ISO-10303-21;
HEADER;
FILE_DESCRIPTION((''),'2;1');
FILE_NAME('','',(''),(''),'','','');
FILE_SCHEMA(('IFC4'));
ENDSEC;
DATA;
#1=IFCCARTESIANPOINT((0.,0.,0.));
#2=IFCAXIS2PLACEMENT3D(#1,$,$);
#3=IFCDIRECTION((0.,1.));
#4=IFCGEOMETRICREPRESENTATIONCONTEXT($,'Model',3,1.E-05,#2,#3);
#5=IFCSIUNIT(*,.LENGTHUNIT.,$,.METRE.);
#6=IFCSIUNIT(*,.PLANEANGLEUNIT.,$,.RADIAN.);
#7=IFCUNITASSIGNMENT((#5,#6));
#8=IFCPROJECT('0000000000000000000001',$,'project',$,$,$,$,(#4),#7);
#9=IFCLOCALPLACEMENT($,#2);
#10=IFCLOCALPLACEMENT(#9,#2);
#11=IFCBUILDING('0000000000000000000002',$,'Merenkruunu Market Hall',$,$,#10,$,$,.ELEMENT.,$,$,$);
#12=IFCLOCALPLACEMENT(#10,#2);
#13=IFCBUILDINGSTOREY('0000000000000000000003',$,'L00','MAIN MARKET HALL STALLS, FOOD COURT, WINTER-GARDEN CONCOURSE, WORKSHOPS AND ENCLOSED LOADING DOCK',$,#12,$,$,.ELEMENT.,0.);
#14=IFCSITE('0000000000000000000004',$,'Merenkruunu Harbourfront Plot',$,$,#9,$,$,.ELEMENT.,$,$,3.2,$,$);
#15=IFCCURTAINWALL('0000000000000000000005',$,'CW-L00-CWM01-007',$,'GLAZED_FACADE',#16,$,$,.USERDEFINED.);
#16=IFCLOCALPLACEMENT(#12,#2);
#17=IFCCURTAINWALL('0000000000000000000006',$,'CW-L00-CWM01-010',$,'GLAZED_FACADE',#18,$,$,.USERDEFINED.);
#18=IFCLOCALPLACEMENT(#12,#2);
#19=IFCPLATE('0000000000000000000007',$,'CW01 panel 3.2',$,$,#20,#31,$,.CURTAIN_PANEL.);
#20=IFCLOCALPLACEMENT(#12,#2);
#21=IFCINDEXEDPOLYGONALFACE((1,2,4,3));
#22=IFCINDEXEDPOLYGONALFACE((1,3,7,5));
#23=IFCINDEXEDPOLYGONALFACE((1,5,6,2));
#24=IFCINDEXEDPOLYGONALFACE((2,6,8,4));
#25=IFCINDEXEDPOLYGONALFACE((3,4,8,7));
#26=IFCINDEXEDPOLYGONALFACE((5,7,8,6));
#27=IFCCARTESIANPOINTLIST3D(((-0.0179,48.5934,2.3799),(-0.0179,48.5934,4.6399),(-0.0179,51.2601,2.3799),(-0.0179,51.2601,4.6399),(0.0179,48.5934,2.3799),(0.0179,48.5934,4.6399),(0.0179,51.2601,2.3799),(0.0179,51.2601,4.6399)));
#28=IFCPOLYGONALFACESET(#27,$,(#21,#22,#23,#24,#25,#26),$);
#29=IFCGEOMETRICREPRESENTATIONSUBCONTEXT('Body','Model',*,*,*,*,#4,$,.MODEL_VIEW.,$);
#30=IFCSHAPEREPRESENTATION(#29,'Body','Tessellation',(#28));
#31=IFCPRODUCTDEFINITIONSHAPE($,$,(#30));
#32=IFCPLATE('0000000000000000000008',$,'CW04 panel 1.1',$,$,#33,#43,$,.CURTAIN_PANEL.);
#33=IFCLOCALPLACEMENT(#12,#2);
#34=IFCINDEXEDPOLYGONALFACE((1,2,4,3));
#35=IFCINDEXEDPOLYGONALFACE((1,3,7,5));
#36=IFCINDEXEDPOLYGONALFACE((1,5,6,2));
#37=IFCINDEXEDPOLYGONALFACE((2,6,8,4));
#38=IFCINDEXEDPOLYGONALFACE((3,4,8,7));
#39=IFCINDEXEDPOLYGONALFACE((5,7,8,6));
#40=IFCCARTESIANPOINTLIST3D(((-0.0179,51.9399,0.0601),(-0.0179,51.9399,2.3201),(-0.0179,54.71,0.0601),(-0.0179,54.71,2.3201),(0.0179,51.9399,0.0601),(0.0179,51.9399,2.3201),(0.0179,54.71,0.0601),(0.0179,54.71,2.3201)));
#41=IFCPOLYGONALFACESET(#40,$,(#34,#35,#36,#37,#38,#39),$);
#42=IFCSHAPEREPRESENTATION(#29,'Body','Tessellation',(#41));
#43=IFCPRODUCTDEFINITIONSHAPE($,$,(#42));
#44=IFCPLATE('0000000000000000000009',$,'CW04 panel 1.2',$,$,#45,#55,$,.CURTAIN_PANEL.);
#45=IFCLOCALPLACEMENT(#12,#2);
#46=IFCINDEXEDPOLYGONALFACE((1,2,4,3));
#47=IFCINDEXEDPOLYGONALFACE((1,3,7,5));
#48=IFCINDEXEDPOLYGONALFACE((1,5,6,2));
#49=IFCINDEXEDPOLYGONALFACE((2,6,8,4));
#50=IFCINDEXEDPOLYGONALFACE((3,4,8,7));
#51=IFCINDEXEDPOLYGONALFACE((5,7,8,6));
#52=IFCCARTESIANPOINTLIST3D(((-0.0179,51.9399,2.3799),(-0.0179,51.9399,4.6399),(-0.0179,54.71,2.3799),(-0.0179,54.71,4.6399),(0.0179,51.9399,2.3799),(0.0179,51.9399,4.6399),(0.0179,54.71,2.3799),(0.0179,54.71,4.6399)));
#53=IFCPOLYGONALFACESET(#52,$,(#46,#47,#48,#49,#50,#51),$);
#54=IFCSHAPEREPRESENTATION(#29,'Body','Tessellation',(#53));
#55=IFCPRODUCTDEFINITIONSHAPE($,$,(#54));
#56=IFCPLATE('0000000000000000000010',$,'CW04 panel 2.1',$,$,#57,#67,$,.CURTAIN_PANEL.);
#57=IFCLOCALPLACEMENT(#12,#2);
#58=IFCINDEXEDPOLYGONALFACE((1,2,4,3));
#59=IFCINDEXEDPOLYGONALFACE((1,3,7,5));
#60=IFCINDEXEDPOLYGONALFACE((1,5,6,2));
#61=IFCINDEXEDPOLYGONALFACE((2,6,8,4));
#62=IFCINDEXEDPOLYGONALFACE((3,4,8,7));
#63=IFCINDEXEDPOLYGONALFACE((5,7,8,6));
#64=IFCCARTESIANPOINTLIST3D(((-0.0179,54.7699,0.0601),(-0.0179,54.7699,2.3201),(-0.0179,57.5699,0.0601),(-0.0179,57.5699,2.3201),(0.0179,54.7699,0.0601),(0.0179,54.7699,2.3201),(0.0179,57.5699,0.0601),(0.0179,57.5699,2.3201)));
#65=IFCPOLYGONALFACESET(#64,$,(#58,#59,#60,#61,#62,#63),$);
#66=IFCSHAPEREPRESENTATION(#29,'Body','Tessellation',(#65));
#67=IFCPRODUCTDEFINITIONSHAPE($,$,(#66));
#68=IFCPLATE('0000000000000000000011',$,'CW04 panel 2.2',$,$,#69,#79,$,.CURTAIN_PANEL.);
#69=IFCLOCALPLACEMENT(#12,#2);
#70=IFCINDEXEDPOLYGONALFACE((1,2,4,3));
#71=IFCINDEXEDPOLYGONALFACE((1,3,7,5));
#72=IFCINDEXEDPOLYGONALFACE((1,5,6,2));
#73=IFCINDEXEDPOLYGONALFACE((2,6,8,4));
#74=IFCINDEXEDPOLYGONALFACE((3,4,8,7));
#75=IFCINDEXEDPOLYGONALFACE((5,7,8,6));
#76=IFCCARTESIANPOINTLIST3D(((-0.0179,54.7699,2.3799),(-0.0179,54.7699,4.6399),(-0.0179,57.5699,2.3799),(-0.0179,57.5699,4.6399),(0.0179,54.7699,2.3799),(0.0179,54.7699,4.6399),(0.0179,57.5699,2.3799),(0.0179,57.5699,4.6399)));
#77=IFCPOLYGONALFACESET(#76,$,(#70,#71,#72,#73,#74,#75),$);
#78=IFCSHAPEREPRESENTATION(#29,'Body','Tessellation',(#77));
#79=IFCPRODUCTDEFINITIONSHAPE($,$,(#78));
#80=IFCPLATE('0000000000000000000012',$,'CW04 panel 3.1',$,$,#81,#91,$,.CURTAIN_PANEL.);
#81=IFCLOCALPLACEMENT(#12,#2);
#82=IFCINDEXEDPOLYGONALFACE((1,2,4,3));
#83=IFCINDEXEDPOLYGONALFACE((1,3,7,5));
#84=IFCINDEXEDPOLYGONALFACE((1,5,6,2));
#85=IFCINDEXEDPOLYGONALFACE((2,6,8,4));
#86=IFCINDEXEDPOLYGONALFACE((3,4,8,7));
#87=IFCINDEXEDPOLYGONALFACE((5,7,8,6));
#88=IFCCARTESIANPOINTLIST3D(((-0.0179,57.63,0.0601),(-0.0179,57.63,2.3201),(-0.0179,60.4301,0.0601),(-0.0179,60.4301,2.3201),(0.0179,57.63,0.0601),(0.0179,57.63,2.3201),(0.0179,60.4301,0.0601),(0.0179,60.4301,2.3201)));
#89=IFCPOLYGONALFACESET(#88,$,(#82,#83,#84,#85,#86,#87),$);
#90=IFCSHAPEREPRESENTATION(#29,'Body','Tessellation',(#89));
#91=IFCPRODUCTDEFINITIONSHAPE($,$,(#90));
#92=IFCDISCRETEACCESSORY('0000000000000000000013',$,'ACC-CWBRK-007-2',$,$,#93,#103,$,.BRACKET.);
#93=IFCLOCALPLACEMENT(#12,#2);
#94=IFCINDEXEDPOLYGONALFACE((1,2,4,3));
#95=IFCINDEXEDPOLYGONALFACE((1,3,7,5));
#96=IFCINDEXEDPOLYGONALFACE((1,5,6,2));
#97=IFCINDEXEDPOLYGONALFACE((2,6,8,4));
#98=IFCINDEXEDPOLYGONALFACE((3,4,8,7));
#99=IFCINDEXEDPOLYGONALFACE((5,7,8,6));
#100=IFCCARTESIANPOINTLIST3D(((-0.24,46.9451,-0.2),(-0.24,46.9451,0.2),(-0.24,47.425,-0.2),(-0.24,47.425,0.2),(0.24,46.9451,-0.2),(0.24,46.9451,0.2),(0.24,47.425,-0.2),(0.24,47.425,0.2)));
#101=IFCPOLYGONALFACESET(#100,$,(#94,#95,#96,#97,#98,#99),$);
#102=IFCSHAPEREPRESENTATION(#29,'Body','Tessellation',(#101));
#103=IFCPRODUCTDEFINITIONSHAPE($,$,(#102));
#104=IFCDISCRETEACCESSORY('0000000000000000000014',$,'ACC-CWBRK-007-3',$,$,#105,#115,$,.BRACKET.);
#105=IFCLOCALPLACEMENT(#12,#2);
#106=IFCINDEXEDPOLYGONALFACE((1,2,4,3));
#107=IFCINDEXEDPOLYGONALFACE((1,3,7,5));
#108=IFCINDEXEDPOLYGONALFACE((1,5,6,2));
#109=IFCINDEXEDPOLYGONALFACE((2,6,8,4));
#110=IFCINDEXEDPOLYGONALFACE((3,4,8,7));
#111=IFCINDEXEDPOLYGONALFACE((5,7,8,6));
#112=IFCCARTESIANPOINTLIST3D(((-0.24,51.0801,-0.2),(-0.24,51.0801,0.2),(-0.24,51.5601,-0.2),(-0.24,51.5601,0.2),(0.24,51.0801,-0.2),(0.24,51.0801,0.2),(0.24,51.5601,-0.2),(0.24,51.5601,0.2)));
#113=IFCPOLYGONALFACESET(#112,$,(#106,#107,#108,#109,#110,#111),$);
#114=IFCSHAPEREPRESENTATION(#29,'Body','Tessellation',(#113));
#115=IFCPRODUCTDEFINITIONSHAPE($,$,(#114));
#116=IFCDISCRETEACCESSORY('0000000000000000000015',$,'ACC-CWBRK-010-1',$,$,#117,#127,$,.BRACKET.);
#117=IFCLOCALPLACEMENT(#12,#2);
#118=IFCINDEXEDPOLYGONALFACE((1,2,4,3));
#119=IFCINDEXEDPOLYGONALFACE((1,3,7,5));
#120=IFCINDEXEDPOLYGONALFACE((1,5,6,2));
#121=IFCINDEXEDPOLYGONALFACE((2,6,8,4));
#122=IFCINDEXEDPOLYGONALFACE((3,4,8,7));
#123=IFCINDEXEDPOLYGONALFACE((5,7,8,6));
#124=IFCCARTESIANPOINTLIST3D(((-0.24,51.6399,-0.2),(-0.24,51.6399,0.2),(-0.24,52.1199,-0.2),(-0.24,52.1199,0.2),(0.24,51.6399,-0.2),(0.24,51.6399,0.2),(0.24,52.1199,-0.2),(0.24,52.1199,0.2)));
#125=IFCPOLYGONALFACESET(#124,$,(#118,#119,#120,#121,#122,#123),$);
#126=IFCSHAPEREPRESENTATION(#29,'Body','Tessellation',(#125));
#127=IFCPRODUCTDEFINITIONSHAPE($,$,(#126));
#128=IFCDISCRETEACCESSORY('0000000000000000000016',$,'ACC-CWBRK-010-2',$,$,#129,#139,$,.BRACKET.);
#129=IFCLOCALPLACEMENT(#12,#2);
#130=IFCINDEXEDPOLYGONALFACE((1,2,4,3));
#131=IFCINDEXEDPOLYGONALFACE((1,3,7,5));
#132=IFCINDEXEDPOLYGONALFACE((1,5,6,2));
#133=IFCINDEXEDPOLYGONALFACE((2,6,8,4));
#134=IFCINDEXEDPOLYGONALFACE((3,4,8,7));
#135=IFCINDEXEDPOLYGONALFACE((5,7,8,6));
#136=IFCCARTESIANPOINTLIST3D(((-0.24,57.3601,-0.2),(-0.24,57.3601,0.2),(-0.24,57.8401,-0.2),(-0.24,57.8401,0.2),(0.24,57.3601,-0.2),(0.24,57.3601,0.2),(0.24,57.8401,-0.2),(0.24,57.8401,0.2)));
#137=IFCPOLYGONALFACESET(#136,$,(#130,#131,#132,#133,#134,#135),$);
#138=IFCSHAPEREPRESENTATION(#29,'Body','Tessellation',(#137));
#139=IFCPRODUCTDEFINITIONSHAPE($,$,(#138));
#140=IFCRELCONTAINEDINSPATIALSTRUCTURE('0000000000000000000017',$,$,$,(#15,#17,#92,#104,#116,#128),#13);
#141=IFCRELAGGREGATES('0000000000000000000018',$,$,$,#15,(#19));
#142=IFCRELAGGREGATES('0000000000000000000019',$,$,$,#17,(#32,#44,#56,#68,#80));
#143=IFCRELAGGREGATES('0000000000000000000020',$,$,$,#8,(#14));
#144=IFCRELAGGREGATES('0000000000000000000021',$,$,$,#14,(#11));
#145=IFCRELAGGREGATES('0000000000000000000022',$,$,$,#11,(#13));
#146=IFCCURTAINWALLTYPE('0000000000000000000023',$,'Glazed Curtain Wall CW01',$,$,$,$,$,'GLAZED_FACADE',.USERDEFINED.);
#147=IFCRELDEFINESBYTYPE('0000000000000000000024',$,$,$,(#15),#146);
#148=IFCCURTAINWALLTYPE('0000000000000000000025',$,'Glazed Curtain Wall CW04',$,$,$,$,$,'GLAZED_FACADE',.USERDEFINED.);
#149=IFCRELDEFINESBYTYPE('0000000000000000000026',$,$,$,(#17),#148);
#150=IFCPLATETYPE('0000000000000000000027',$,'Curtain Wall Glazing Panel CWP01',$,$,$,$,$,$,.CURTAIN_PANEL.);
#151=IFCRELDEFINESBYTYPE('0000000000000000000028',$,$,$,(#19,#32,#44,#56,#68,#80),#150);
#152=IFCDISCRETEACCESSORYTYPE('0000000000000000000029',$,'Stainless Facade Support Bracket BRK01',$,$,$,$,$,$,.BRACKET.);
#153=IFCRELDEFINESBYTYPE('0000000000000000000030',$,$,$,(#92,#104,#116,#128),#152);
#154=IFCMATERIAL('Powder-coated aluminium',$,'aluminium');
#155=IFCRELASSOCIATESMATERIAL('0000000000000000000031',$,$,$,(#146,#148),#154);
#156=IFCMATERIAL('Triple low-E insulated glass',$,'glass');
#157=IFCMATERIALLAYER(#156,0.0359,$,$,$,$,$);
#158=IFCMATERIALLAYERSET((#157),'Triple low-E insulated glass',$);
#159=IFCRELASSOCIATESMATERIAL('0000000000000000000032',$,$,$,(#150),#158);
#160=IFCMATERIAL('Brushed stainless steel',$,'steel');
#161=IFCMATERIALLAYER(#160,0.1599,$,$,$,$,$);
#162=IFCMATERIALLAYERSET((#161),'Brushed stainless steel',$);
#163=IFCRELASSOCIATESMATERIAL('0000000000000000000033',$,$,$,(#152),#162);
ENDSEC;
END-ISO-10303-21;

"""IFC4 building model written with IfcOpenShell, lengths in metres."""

from ifc_helpers import new_model, si_unit, direction, frame, origin, origin_2d, place, context, subcontext, project, spatial, rectangle, extrude, material, layer, layer_set, type_object, element, aggregate, save


model = new_model("IFC4")

# Units and contexts
model_context = context("Model", 3, precision=1e-05, world=origin(), true_north=direction((0.0, 1.0)))
body_context = subcontext(model_context, "Body", "Model", "MODEL_VIEW")
ifc_project = project(units=[si_unit("LENGTHUNIT", "METRE"), si_unit("PLANEANGLEUNIT", "RADIAN")], contexts=[model_context])

# Site, building, storey
site_placement = place(None, origin())
site = spatial("IfcSite", under=ifc_project, at=site_placement, Name="Merenkruunu Harbourfront Plot", CompositionType="ELEMENT", RefElevation=3.2)
building_placement = place(site_placement, origin())
building = spatial("IfcBuilding", under=site, at=building_placement, Name="Merenkruunu Market Hall", CompositionType="ELEMENT")
storey_placement = place(building_placement, origin())
storey = spatial("IfcBuildingStorey", under=building, at=storey_placement, Name="L00", Description="MAIN MARKET HALL STALLS, FOOD COURT, WINTER-GARDEN CONCOURSE, WORKSHOPS AND ENCLOSED LOADING DOCK", CompositionType="ELEMENT", Elevation=0.0)

# Curtain walls
ifc_material_1 = material(Name="Powder-coated aluminium", Category="aluminium")
curtain_wall_type_1 = type_object("IfcCurtainWallType", Name="Glazed Curtain Wall CW01", ElementType="GLAZED_FACADE", PredefinedType="USERDEFINED", material=ifc_material_1)
curtain_wall_1_placement = place(storey_placement, origin())
curtain_wall_1 = element("IfcCurtainWall", 1, at=curtain_wall_1_placement, inside=storey, type_object=curtain_wall_type_1, Name="CW-L00-CWM01-007", ObjectType="GLAZED_FACADE", PredefinedType="USERDEFINED")
curtain_wall_type_2 = type_object("IfcCurtainWallType", Name="Glazed Curtain Wall CW04", ElementType="GLAZED_FACADE", PredefinedType="USERDEFINED", material=ifc_material_1)
curtain_wall_2_placement = place(storey_placement, origin())
curtain_wall_2 = element("IfcCurtainWall", 2, at=curtain_wall_2_placement, inside=storey, type_object=curtain_wall_type_2, Name="CW-L00-CWM01-010", ObjectType="GLAZED_FACADE", PredefinedType="USERDEFINED")

# Plates
ifc_material_2 = material(Name="Triple low-E insulated glass", Category="glass")
ifc_layer_1 = layer(ifc_material_2, 0.0359)
ifc_layer_set_1 = layer_set([ifc_layer_1], Name="Triple low-E insulated glass")
plate_type_1 = type_object("IfcPlateType", Name="Curtain Wall Glazing Panel CWP01", PredefinedType="CURTAIN_PANEL", material=ifc_layer_set_1)
plate_1_placement = place(storey_placement, frame((0.0, 49.9268, 2.3799), z_axis=(0.0, 0.0, 1.0), x_axis=(0.0, 1.0, 0.0)))
plate_1 = element("IfcPlate", 3, at=plate_1_placement, type_object=plate_type_1, Name="CW01 panel 3.2", PredefinedType="CURTAIN_PANEL", context=body_context, shape_type="SweptSolid", body=[
    extrude(rectangle(XDim=2.6667, YDim=0.0359, at=origin_2d()), origin(), (0.0, 0.0, 1.0), 2.26),
])
aggregate(curtain_wall_1, [plate_1])
plate_2_placement = place(storey_placement, frame((0.0, 53.325, 0.0601), z_axis=(0.0, 0.0, 1.0), x_axis=(0.0, 1.0, 0.0)))
plate_2 = element("IfcPlate", 4, at=plate_2_placement, type_object=plate_type_1, Name="CW04 panel 1.1", PredefinedType="CURTAIN_PANEL", context=body_context, shape_type="SweptSolid", body=[
    extrude(rectangle(XDim=2.77, YDim=0.0359, at=origin_2d()), origin(), (0.0, 0.0, 1.0), 2.26),
])
plate_3_placement = place(storey_placement, frame((0.0, 53.325, 2.3799), z_axis=(0.0, 0.0, 1.0), x_axis=(0.0, 1.0, 0.0)))
plate_3 = element("IfcPlate", 5, at=plate_3_placement, type_object=plate_type_1, Name="CW04 panel 1.2", PredefinedType="CURTAIN_PANEL", context=body_context, shape_type="SweptSolid", body=[
    extrude(rectangle(XDim=2.77, YDim=0.0359, at=origin_2d()), origin(), (0.0, 0.0, 1.0), 2.26),
])
plate_4_placement = place(storey_placement, frame((0.0, 56.1699, 0.0601), z_axis=(0.0, 0.0, 1.0), x_axis=(0.0, 1.0, 0.0)))
plate_4 = element("IfcPlate", 6, at=plate_4_placement, type_object=plate_type_1, Name="CW04 panel 2.1", PredefinedType="CURTAIN_PANEL", context=body_context, shape_type="SweptSolid", body=[
    extrude(rectangle(XDim=2.8, YDim=0.0359, at=origin_2d()), origin(), (0.0, 0.0, 1.0), 2.26),
])
plate_5_placement = place(storey_placement, frame((0.0, 56.1699, 2.3799), z_axis=(0.0, 0.0, 1.0), x_axis=(0.0, 1.0, 0.0)))
plate_5 = element("IfcPlate", 7, at=plate_5_placement, type_object=plate_type_1, Name="CW04 panel 2.2", PredefinedType="CURTAIN_PANEL", context=body_context, shape_type="SweptSolid", body=[
    extrude(rectangle(XDim=2.8, YDim=0.0359, at=origin_2d()), origin(), (0.0, 0.0, 1.0), 2.26),
])
plate_6_placement = place(storey_placement, frame((0.0, 59.03, 0.0601), z_axis=(0.0, 0.0, 1.0), x_axis=(0.0, 1.0, 0.0)))
plate_6 = element("IfcPlate", 8, at=plate_6_placement, type_object=plate_type_1, Name="CW04 panel 3.1", PredefinedType="CURTAIN_PANEL", context=body_context, shape_type="SweptSolid", body=[
    extrude(rectangle(XDim=2.8, YDim=0.0359, at=origin_2d()), origin(), (0.0, 0.0, 1.0), 2.26),
])
aggregate(curtain_wall_2, [plate_2, plate_3, plate_4, plate_5, plate_6])

# Discrete accessories
ifc_material_3 = material(Name="Brushed stainless steel", Category="steel")
ifc_layer_2 = layer(ifc_material_3, 0.1599)
ifc_layer_set_2 = layer_set([ifc_layer_2], Name="Brushed stainless steel")
discrete_accessory_type = type_object("IfcDiscreteAccessoryType", Name="Stainless Facade Support Bracket BRK01", PredefinedType="BRACKET", material=ifc_layer_set_2)
for number, where, z_axis, x_axis, name in (
    (9, (0.0, 47.1851, -0.2), (0.0, 0.0, 1.0), (1.0, 0.0, 0.0), "ACC-CWBRK-007-2"),
    (10, (0.0, 51.3201, -0.2), (0.0, 0.0, 1.0), (1.0, 0.0, 0.0), "ACC-CWBRK-007-3"),
    (11, (0.0, 51.8799, -0.2), (0.0, 0.0, 1.0), (1.0, 0.0, 0.0), "ACC-CWBRK-010-1"),
    (12, (0.0, 57.6001, -0.2), (0.0, 0.0, 1.0), (1.0, 0.0, 0.0), "ACC-CWBRK-010-2"),
):
    element("IfcDiscreteAccessory", number, at=place(storey_placement, frame(where, z_axis=z_axis, x_axis=x_axis)), inside=storey, type_object=discrete_accessory_type, Name=name, PredefinedType="BRACKET", context=body_context, shape_type="SweptSolid", body=[
        extrude(rectangle(XDim=0.48, YDim=0.48, at=origin_2d()), origin(), (0.0, 0.0, 1.0), 0.3999),
    ])

save(model, "model.ifc")
